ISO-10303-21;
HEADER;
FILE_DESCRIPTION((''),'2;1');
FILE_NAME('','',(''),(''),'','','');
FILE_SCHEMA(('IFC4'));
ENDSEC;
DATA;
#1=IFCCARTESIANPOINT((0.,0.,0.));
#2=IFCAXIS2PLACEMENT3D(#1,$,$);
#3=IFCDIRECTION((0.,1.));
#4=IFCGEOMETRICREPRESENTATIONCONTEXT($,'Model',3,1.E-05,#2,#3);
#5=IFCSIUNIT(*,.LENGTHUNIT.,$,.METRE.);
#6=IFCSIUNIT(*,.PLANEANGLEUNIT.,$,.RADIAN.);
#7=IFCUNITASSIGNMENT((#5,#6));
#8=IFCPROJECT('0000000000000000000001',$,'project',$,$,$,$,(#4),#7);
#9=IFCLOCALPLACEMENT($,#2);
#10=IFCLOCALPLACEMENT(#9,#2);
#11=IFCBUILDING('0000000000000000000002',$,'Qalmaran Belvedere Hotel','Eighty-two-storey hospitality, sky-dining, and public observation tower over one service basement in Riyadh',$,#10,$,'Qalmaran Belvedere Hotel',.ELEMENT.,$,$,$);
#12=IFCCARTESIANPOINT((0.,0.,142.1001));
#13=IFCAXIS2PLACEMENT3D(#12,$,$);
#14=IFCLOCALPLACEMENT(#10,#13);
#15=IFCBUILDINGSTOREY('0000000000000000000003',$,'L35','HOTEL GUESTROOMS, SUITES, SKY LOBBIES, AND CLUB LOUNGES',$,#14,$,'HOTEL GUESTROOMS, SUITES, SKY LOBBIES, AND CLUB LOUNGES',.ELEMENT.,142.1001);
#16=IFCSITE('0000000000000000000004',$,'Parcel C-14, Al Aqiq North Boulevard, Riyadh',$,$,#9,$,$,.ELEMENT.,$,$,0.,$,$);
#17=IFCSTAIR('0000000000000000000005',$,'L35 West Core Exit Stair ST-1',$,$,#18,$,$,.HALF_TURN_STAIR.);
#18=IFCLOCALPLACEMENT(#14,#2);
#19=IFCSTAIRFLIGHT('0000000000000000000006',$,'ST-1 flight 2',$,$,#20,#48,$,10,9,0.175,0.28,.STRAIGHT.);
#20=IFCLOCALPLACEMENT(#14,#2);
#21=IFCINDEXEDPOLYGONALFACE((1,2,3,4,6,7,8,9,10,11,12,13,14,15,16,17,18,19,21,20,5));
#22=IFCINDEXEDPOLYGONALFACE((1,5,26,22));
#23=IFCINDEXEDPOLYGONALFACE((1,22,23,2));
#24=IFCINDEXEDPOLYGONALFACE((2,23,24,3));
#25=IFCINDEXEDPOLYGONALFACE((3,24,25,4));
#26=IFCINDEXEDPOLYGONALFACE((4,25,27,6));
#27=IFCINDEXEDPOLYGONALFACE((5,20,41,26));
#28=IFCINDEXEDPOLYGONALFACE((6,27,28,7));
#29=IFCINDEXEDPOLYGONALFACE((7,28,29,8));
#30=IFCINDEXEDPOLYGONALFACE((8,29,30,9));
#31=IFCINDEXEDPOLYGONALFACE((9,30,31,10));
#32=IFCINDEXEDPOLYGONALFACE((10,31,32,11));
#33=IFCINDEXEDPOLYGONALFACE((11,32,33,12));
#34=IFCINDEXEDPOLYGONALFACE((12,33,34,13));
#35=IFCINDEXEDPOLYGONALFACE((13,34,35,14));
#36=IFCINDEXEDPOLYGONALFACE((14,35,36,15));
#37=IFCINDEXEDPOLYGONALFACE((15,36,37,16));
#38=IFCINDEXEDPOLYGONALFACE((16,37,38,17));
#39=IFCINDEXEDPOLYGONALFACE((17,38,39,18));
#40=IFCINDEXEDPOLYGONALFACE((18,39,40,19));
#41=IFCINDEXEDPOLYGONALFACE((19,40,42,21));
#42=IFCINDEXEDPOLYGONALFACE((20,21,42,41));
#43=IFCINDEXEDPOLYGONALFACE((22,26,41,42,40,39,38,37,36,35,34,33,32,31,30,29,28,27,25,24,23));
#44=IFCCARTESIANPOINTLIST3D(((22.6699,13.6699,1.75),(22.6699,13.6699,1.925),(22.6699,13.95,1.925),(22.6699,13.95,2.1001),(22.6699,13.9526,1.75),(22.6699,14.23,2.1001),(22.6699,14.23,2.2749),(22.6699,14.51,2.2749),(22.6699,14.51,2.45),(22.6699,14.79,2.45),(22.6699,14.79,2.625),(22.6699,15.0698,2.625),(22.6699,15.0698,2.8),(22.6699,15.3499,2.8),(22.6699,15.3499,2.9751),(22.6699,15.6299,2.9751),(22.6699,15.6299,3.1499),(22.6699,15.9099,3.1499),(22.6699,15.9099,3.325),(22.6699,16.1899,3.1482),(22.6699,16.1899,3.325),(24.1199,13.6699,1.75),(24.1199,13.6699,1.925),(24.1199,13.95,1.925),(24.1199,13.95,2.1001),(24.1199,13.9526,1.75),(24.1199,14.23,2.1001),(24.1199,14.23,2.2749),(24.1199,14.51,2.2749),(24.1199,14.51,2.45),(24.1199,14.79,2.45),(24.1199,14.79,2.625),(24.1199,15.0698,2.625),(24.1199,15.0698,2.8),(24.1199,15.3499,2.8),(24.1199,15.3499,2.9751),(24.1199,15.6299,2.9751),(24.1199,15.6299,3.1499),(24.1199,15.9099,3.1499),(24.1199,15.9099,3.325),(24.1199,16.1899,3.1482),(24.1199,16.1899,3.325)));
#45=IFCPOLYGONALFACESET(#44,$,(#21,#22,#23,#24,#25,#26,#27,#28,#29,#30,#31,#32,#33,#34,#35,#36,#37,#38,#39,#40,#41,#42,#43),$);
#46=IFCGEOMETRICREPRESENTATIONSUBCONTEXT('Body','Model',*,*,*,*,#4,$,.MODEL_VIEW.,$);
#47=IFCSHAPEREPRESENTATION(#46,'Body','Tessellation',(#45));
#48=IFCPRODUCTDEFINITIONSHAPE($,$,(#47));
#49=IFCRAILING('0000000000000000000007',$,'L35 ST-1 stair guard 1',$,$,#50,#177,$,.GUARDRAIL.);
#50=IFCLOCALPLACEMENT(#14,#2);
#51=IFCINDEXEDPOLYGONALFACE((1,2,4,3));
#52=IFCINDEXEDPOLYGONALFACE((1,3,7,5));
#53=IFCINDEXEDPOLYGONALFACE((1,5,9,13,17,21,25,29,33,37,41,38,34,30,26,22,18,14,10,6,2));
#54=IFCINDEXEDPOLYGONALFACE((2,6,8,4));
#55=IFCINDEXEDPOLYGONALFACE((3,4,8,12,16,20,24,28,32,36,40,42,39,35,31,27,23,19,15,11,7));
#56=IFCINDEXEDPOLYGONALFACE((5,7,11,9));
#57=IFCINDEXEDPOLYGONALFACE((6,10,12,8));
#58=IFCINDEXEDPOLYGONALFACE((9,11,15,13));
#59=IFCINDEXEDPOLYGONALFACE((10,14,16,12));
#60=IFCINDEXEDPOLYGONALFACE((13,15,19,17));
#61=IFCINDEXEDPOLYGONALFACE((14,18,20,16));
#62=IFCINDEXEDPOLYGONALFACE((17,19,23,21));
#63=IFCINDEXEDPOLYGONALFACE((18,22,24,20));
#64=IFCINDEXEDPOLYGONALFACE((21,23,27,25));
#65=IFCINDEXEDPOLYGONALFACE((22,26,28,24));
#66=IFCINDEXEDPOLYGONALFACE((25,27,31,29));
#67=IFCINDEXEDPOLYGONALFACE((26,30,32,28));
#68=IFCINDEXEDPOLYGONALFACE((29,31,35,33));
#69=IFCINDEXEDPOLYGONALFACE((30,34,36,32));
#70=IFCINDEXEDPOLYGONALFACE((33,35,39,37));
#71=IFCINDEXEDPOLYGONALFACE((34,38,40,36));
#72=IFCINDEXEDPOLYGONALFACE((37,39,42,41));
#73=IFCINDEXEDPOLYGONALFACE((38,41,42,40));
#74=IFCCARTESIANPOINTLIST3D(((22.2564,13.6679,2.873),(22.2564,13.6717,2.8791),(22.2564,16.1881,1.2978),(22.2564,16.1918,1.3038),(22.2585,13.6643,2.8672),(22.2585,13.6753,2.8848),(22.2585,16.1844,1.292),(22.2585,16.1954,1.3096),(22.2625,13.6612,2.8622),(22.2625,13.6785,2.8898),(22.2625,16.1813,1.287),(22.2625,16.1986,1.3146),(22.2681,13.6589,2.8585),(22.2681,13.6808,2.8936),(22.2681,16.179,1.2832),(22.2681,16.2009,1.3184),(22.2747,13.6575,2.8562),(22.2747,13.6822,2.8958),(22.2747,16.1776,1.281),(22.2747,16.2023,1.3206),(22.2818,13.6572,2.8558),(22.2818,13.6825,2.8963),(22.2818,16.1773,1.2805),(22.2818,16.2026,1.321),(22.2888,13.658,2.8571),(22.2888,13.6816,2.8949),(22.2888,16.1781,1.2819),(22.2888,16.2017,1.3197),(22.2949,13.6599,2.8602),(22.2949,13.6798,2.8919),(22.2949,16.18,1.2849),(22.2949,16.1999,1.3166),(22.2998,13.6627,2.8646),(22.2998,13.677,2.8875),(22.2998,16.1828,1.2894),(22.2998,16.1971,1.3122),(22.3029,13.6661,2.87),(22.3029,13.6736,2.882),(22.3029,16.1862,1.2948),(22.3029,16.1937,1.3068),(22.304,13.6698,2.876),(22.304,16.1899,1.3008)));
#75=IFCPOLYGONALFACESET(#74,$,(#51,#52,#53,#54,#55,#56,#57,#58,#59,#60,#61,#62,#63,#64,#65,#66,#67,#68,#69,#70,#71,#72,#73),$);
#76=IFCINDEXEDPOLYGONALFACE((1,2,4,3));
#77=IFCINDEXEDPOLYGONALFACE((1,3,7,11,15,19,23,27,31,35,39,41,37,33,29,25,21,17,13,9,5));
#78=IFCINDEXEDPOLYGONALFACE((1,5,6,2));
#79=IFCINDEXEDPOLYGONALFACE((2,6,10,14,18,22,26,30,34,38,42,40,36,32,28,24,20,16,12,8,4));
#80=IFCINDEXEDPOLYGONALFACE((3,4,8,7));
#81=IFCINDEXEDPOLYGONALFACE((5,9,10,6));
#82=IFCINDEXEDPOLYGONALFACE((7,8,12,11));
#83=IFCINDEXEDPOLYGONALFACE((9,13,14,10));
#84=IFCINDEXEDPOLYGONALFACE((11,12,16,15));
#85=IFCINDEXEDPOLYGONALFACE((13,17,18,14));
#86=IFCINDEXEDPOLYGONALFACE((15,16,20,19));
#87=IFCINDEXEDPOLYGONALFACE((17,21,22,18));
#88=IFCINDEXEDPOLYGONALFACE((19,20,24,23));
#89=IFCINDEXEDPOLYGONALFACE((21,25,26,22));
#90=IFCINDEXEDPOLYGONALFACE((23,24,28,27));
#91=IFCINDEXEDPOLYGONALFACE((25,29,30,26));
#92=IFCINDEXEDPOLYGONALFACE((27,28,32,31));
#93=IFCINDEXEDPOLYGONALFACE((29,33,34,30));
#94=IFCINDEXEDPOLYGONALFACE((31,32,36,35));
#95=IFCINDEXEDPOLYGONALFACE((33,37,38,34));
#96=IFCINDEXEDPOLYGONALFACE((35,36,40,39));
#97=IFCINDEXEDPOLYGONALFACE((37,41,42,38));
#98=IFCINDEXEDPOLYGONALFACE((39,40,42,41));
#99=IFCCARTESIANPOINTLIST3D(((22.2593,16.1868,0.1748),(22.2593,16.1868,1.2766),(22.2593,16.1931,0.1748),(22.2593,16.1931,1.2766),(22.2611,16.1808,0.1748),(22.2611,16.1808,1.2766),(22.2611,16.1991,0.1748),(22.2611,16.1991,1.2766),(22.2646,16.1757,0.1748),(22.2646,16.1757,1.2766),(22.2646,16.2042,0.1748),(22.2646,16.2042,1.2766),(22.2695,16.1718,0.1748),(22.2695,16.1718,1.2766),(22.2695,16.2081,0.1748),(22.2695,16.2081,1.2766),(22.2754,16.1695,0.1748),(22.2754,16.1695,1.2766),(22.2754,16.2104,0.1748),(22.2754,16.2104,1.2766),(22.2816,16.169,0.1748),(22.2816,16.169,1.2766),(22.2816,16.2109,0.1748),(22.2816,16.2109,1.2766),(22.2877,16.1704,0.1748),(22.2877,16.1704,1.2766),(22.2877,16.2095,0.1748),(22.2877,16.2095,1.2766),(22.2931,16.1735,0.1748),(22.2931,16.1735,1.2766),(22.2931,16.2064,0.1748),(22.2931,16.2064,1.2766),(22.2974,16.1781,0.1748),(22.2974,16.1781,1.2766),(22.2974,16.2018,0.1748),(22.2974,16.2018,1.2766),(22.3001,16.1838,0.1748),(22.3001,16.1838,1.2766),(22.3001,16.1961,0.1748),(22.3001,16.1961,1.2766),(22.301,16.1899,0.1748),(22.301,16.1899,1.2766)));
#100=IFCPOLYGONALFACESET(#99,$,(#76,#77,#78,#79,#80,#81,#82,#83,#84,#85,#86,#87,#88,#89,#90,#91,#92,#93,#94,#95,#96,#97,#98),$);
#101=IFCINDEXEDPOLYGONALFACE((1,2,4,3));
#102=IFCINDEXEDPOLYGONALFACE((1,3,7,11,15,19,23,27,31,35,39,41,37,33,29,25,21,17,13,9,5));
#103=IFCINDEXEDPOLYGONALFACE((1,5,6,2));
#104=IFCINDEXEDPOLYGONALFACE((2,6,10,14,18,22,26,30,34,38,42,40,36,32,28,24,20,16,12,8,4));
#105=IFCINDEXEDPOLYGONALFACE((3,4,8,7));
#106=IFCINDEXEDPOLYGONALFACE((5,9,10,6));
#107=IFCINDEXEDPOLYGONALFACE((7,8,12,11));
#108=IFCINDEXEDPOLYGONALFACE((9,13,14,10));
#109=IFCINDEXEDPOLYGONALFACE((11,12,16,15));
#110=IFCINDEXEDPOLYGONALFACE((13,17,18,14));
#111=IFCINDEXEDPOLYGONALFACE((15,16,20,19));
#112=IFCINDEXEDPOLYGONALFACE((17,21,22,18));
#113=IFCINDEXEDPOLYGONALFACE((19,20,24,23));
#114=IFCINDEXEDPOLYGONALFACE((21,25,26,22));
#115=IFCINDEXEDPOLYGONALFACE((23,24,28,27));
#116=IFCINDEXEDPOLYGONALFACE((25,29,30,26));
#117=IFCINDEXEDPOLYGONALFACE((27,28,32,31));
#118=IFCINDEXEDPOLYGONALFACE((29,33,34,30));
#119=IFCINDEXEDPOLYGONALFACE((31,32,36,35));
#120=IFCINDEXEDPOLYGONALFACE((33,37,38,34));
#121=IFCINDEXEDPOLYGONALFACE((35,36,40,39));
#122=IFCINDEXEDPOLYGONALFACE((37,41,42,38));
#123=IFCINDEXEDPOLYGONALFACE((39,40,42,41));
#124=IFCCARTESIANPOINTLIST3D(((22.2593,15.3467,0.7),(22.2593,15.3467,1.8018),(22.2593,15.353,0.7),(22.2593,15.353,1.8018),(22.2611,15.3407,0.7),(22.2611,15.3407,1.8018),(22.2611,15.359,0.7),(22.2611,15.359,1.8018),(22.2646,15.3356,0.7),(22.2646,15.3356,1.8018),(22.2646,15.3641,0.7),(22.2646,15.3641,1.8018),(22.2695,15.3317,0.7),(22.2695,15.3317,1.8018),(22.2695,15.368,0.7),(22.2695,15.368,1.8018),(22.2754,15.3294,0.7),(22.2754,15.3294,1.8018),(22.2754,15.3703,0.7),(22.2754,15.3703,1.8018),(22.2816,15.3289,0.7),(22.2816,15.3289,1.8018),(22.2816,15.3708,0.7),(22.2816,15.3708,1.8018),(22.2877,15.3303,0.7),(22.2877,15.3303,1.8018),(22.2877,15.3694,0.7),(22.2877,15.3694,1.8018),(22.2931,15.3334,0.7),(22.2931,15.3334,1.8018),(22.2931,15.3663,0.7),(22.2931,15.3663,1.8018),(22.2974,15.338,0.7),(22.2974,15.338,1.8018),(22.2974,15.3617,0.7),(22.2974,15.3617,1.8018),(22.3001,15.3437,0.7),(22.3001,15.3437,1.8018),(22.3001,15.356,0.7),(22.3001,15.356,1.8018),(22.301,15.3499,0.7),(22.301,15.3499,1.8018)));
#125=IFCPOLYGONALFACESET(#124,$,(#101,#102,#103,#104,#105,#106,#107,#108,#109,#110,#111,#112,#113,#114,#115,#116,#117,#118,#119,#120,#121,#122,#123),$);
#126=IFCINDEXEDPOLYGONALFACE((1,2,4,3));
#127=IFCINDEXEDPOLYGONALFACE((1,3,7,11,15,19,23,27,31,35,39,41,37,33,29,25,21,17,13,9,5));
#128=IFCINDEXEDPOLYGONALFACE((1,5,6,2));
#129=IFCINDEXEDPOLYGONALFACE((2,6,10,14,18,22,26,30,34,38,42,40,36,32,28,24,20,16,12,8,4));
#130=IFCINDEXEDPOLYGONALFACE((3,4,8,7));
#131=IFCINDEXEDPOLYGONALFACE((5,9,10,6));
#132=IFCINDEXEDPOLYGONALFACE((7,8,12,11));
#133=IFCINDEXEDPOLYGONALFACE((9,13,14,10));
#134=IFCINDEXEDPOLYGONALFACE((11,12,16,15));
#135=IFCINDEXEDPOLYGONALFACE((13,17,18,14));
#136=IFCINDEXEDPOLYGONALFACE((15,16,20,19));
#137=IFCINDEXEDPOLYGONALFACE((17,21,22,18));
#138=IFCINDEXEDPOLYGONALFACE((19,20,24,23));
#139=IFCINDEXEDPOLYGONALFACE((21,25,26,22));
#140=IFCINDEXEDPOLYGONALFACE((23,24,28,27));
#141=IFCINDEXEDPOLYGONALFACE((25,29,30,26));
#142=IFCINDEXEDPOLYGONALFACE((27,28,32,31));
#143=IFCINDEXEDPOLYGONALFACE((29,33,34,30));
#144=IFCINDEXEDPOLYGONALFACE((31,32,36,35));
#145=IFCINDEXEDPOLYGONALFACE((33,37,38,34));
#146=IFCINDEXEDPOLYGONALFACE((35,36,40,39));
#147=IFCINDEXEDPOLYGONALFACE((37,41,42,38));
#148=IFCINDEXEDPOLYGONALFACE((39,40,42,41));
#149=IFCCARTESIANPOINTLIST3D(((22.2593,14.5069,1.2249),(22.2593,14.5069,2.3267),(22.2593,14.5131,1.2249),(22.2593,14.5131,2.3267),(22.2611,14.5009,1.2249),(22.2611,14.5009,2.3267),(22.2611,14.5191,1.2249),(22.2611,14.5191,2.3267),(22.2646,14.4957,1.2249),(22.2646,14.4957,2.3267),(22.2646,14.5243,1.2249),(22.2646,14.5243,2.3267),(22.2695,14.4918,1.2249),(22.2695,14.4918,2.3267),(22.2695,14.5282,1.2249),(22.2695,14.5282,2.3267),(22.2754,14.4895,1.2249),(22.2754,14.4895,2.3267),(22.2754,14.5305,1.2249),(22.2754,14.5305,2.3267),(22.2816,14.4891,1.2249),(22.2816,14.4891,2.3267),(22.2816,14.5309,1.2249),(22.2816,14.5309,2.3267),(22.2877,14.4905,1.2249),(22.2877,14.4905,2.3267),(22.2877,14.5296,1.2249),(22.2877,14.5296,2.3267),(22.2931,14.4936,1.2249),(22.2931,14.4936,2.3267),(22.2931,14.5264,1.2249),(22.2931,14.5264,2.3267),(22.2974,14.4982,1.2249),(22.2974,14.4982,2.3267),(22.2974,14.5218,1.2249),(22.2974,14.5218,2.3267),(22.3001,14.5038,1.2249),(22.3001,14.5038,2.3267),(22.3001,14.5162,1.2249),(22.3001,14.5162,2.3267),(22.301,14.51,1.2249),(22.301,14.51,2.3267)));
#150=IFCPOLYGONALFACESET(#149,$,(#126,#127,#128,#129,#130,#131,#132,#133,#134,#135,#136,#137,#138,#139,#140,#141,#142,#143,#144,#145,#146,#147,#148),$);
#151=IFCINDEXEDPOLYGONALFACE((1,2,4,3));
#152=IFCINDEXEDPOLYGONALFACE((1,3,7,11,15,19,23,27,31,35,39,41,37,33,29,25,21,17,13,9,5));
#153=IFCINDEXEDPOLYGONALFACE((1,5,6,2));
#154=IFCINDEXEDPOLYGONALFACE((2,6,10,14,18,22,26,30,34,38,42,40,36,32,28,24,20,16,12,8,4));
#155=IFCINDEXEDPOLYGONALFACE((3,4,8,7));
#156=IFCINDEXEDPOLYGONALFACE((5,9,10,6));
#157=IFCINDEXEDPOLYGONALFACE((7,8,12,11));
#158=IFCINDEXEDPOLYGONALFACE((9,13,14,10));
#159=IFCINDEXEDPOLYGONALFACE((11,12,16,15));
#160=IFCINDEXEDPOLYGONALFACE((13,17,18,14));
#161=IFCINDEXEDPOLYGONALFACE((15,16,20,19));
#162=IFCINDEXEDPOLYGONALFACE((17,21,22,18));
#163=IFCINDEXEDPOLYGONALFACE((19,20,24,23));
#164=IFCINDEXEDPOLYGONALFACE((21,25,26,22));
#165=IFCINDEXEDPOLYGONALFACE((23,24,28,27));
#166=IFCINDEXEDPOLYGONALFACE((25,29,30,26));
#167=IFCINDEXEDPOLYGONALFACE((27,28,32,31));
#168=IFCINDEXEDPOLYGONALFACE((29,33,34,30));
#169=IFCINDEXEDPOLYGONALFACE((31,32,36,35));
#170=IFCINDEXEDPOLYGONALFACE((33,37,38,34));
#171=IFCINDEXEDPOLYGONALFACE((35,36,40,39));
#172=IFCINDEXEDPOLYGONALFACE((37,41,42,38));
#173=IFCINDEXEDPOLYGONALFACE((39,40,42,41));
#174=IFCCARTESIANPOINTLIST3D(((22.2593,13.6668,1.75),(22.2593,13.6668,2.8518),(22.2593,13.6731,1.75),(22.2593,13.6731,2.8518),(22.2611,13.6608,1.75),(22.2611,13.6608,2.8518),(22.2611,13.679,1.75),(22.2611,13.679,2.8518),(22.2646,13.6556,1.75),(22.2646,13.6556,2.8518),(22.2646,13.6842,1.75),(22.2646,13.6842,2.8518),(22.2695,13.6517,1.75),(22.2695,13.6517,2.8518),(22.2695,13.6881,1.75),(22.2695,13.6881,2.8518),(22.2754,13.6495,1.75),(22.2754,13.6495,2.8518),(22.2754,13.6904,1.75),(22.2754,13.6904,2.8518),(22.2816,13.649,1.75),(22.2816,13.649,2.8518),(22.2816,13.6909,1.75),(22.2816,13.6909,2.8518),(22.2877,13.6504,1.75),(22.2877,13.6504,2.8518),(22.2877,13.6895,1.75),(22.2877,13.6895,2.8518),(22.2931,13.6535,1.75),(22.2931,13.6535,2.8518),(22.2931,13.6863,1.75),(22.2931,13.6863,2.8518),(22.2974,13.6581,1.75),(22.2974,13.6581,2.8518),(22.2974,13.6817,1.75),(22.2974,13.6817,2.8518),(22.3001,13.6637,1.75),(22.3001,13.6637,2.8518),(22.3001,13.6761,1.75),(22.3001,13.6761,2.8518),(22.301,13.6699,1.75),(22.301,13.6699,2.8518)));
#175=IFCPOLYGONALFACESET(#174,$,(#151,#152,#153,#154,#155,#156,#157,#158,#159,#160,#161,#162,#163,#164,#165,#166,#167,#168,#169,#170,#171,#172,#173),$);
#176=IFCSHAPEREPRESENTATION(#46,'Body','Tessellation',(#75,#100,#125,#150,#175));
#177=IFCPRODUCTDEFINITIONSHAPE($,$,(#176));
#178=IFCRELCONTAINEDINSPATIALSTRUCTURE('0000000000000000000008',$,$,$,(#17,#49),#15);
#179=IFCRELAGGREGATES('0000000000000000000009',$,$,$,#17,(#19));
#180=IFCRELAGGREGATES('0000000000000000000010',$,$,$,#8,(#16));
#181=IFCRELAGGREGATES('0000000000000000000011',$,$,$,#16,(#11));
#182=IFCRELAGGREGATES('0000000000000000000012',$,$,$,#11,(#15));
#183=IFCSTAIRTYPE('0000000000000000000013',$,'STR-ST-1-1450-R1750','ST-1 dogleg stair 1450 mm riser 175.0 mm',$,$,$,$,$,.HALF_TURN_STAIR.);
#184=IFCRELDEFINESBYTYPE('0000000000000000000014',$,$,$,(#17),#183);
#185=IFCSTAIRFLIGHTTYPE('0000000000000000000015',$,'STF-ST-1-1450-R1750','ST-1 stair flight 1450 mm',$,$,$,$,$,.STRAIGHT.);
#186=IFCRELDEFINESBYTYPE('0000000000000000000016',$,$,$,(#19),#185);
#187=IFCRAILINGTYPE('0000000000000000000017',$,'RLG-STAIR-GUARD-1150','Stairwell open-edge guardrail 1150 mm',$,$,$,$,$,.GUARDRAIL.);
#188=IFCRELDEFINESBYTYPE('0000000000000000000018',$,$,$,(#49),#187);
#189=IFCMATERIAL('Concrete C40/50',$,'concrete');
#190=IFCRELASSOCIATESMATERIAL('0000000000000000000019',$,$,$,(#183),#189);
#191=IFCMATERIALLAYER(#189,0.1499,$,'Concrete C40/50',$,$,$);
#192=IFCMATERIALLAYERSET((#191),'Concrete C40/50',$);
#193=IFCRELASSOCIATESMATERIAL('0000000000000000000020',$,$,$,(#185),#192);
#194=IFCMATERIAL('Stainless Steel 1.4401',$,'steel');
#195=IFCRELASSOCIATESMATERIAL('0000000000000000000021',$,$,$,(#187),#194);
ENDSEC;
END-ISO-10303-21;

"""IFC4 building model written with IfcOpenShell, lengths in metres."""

from ifc_helpers import new_model, si_unit, direction, frame, origin, origin_2d, place, context, subcontext, project, spatial, polyline, circle, outline, extrude, material, layer, layer_set, type_object, element, aggregate, save


model = new_model("IFC4")

# Units and contexts
model_context = context("Model", 3, precision=1e-05, world=origin(), true_north=direction((0.0, 1.0)))
body_context = subcontext(model_context, "Body", "Model", "MODEL_VIEW")
ifc_project = project(units=[si_unit("LENGTHUNIT", "METRE"), si_unit("PLANEANGLEUNIT", "RADIAN")], contexts=[model_context])

# Site, building, storey
site_placement = place(None, origin())
site = spatial("IfcSite", under=ifc_project, at=site_placement, Name="Parcel C-14, Al Aqiq North Boulevard, Riyadh", CompositionType="ELEMENT", RefElevation=0.0)
building_placement = place(site_placement, origin())
building = spatial("IfcBuilding", under=site, at=building_placement, Name="Qalmaran Belvedere Hotel", Description="Eighty-two-storey hospitality, sky-dining, and public observation tower over one service basement in Riyadh", LongName="Qalmaran Belvedere Hotel", CompositionType="ELEMENT")
storey_placement = place(building_placement, frame((0.0, 0.0, 142.1001)))
storey = spatial("IfcBuildingStorey", under=building, at=storey_placement, Name="L35", Description="HOTEL GUESTROOMS, SUITES, SKY LOBBIES, AND CLUB LOUNGES", LongName="HOTEL GUESTROOMS, SUITES, SKY LOBBIES, AND CLUB LOUNGES", CompositionType="ELEMENT", Elevation=142.1001)

# Shared definitions
ifc_material_1 = material(Name="Stainless Steel 1.4401", Category="steel")

# Stair, stair flight
ifc_material_2 = material(Name="Concrete C40/50", Category="concrete")
stair_type = type_object("IfcStairType", Name="STR-ST-1-1450-R1750", Description="ST-1 dogleg stair 1450 mm riser 175.0 mm", PredefinedType="HALF_TURN_STAIR", material=ifc_material_2)
stair_placement = place(storey_placement, origin())
stair = element("IfcStair", 1, at=stair_placement, inside=storey, type_object=stair_type, Name="L35 West Core Exit Stair ST-1", PredefinedType="HALF_TURN_STAIR")
ifc_layer_1 = layer(ifc_material_2, 0.1499, Name="Concrete C40/50")
ifc_layer_set_1 = layer_set([ifc_layer_1], Name="Concrete C40/50")
stair_flight_type = type_object("IfcStairFlightType", Name="STF-ST-1-1450-R1750", Description="ST-1 stair flight 1450 mm", PredefinedType="STRAIGHT", material=ifc_layer_set_1)
stair_flight_1_placement = place(storey_placement, frame((23.395, 13.6699, 1.75), z_axis=(0.0, 0.0, 1.0), x_axis=(0.0, 1.0, 0.0)))
stair_flight_1 = element("IfcStairFlight", 2, at=stair_flight_1_placement, type_object=stair_flight_type, Name="ST-1 flight 2", NumberOfRisers=10, NumberOfTreads=9, PredefinedType="STRAIGHT", RiserHeight=0.175, TreadLength=0.28, context=body_context, shape_type="SweptSolid", body=[
    extrude(outline(polyline([(0.0, 0.0), (0.0, 0.175), (0.28, 0.175), (0.28, 0.3501), (0.5601, 0.3501), (0.5601, 0.5249), (0.8401, 0.5249), (0.8401, 0.7), (1.1201, 0.7), (1.1201, 0.875), (1.3999, 0.875), (1.3999, 1.05), (1.6799, 1.05), (1.6799, 1.2251), (1.96, 1.2251), (1.96, 1.3999), (2.24, 1.3999), (2.24, 1.575), (2.52, 1.575), (2.52, 1.75), (2.52, 1.3982), (0.2827, 0.0), (0.0, 0.0)])), frame((0.0, 0.7251, 0.0), z_axis=(0.0, -1.0, 0.0), x_axis=(1.0, 0.0, 0.0)), (0.0, 0.0, 1.0), 1.45),
])
aggregate(stair, [stair_flight_1])

# Railing
railing_type_1 = type_object("IfcRailingType", Name="RLG-STAIR-GUARD-1150", Description="Stairwell open-edge guardrail 1150 mm", PredefinedType="GUARDRAIL", material=ifc_material_1)
railing_1_placement = place(storey_placement, frame((22.28, 16.1899, 0.1748)))
element("IfcRailing", 3, at=railing_1_placement, inside=storey, type_object=railing_type_1, Name="L35 ST-1 stair guard 1", PredefinedType="GUARDRAIL", context=body_context, shape_type="SweptSolid", body=[
    extrude(circle(Radius=0.0239, at=origin_2d()), frame((0.0, 0.0, 1.126), z_axis=(0.0, -0.847971, 0.530043), x_axis=(1.0, 0.0, 0.0)), (0.0, 0.0, 1.0), 2.9719),
    extrude(circle(Radius=0.021, at=origin_2d()), origin(), (0.0, 0.0, 1.0), 1.1018),
    extrude(circle(Radius=0.021, at=origin_2d()), frame((0.0, -0.8401, 0.5251)), (0.0, 0.0, 1.0), 1.1018),
    extrude(circle(Radius=0.021, at=origin_2d()), frame((0.0, -1.6799, 1.05)), (0.0, 0.0, 1.0), 1.1018),
    extrude(circle(Radius=0.021, at=origin_2d()), frame((0.0, -2.52, 1.5752)), (0.0, 0.0, 1.0), 1.1018),
])

save(model, "model.ifc")
